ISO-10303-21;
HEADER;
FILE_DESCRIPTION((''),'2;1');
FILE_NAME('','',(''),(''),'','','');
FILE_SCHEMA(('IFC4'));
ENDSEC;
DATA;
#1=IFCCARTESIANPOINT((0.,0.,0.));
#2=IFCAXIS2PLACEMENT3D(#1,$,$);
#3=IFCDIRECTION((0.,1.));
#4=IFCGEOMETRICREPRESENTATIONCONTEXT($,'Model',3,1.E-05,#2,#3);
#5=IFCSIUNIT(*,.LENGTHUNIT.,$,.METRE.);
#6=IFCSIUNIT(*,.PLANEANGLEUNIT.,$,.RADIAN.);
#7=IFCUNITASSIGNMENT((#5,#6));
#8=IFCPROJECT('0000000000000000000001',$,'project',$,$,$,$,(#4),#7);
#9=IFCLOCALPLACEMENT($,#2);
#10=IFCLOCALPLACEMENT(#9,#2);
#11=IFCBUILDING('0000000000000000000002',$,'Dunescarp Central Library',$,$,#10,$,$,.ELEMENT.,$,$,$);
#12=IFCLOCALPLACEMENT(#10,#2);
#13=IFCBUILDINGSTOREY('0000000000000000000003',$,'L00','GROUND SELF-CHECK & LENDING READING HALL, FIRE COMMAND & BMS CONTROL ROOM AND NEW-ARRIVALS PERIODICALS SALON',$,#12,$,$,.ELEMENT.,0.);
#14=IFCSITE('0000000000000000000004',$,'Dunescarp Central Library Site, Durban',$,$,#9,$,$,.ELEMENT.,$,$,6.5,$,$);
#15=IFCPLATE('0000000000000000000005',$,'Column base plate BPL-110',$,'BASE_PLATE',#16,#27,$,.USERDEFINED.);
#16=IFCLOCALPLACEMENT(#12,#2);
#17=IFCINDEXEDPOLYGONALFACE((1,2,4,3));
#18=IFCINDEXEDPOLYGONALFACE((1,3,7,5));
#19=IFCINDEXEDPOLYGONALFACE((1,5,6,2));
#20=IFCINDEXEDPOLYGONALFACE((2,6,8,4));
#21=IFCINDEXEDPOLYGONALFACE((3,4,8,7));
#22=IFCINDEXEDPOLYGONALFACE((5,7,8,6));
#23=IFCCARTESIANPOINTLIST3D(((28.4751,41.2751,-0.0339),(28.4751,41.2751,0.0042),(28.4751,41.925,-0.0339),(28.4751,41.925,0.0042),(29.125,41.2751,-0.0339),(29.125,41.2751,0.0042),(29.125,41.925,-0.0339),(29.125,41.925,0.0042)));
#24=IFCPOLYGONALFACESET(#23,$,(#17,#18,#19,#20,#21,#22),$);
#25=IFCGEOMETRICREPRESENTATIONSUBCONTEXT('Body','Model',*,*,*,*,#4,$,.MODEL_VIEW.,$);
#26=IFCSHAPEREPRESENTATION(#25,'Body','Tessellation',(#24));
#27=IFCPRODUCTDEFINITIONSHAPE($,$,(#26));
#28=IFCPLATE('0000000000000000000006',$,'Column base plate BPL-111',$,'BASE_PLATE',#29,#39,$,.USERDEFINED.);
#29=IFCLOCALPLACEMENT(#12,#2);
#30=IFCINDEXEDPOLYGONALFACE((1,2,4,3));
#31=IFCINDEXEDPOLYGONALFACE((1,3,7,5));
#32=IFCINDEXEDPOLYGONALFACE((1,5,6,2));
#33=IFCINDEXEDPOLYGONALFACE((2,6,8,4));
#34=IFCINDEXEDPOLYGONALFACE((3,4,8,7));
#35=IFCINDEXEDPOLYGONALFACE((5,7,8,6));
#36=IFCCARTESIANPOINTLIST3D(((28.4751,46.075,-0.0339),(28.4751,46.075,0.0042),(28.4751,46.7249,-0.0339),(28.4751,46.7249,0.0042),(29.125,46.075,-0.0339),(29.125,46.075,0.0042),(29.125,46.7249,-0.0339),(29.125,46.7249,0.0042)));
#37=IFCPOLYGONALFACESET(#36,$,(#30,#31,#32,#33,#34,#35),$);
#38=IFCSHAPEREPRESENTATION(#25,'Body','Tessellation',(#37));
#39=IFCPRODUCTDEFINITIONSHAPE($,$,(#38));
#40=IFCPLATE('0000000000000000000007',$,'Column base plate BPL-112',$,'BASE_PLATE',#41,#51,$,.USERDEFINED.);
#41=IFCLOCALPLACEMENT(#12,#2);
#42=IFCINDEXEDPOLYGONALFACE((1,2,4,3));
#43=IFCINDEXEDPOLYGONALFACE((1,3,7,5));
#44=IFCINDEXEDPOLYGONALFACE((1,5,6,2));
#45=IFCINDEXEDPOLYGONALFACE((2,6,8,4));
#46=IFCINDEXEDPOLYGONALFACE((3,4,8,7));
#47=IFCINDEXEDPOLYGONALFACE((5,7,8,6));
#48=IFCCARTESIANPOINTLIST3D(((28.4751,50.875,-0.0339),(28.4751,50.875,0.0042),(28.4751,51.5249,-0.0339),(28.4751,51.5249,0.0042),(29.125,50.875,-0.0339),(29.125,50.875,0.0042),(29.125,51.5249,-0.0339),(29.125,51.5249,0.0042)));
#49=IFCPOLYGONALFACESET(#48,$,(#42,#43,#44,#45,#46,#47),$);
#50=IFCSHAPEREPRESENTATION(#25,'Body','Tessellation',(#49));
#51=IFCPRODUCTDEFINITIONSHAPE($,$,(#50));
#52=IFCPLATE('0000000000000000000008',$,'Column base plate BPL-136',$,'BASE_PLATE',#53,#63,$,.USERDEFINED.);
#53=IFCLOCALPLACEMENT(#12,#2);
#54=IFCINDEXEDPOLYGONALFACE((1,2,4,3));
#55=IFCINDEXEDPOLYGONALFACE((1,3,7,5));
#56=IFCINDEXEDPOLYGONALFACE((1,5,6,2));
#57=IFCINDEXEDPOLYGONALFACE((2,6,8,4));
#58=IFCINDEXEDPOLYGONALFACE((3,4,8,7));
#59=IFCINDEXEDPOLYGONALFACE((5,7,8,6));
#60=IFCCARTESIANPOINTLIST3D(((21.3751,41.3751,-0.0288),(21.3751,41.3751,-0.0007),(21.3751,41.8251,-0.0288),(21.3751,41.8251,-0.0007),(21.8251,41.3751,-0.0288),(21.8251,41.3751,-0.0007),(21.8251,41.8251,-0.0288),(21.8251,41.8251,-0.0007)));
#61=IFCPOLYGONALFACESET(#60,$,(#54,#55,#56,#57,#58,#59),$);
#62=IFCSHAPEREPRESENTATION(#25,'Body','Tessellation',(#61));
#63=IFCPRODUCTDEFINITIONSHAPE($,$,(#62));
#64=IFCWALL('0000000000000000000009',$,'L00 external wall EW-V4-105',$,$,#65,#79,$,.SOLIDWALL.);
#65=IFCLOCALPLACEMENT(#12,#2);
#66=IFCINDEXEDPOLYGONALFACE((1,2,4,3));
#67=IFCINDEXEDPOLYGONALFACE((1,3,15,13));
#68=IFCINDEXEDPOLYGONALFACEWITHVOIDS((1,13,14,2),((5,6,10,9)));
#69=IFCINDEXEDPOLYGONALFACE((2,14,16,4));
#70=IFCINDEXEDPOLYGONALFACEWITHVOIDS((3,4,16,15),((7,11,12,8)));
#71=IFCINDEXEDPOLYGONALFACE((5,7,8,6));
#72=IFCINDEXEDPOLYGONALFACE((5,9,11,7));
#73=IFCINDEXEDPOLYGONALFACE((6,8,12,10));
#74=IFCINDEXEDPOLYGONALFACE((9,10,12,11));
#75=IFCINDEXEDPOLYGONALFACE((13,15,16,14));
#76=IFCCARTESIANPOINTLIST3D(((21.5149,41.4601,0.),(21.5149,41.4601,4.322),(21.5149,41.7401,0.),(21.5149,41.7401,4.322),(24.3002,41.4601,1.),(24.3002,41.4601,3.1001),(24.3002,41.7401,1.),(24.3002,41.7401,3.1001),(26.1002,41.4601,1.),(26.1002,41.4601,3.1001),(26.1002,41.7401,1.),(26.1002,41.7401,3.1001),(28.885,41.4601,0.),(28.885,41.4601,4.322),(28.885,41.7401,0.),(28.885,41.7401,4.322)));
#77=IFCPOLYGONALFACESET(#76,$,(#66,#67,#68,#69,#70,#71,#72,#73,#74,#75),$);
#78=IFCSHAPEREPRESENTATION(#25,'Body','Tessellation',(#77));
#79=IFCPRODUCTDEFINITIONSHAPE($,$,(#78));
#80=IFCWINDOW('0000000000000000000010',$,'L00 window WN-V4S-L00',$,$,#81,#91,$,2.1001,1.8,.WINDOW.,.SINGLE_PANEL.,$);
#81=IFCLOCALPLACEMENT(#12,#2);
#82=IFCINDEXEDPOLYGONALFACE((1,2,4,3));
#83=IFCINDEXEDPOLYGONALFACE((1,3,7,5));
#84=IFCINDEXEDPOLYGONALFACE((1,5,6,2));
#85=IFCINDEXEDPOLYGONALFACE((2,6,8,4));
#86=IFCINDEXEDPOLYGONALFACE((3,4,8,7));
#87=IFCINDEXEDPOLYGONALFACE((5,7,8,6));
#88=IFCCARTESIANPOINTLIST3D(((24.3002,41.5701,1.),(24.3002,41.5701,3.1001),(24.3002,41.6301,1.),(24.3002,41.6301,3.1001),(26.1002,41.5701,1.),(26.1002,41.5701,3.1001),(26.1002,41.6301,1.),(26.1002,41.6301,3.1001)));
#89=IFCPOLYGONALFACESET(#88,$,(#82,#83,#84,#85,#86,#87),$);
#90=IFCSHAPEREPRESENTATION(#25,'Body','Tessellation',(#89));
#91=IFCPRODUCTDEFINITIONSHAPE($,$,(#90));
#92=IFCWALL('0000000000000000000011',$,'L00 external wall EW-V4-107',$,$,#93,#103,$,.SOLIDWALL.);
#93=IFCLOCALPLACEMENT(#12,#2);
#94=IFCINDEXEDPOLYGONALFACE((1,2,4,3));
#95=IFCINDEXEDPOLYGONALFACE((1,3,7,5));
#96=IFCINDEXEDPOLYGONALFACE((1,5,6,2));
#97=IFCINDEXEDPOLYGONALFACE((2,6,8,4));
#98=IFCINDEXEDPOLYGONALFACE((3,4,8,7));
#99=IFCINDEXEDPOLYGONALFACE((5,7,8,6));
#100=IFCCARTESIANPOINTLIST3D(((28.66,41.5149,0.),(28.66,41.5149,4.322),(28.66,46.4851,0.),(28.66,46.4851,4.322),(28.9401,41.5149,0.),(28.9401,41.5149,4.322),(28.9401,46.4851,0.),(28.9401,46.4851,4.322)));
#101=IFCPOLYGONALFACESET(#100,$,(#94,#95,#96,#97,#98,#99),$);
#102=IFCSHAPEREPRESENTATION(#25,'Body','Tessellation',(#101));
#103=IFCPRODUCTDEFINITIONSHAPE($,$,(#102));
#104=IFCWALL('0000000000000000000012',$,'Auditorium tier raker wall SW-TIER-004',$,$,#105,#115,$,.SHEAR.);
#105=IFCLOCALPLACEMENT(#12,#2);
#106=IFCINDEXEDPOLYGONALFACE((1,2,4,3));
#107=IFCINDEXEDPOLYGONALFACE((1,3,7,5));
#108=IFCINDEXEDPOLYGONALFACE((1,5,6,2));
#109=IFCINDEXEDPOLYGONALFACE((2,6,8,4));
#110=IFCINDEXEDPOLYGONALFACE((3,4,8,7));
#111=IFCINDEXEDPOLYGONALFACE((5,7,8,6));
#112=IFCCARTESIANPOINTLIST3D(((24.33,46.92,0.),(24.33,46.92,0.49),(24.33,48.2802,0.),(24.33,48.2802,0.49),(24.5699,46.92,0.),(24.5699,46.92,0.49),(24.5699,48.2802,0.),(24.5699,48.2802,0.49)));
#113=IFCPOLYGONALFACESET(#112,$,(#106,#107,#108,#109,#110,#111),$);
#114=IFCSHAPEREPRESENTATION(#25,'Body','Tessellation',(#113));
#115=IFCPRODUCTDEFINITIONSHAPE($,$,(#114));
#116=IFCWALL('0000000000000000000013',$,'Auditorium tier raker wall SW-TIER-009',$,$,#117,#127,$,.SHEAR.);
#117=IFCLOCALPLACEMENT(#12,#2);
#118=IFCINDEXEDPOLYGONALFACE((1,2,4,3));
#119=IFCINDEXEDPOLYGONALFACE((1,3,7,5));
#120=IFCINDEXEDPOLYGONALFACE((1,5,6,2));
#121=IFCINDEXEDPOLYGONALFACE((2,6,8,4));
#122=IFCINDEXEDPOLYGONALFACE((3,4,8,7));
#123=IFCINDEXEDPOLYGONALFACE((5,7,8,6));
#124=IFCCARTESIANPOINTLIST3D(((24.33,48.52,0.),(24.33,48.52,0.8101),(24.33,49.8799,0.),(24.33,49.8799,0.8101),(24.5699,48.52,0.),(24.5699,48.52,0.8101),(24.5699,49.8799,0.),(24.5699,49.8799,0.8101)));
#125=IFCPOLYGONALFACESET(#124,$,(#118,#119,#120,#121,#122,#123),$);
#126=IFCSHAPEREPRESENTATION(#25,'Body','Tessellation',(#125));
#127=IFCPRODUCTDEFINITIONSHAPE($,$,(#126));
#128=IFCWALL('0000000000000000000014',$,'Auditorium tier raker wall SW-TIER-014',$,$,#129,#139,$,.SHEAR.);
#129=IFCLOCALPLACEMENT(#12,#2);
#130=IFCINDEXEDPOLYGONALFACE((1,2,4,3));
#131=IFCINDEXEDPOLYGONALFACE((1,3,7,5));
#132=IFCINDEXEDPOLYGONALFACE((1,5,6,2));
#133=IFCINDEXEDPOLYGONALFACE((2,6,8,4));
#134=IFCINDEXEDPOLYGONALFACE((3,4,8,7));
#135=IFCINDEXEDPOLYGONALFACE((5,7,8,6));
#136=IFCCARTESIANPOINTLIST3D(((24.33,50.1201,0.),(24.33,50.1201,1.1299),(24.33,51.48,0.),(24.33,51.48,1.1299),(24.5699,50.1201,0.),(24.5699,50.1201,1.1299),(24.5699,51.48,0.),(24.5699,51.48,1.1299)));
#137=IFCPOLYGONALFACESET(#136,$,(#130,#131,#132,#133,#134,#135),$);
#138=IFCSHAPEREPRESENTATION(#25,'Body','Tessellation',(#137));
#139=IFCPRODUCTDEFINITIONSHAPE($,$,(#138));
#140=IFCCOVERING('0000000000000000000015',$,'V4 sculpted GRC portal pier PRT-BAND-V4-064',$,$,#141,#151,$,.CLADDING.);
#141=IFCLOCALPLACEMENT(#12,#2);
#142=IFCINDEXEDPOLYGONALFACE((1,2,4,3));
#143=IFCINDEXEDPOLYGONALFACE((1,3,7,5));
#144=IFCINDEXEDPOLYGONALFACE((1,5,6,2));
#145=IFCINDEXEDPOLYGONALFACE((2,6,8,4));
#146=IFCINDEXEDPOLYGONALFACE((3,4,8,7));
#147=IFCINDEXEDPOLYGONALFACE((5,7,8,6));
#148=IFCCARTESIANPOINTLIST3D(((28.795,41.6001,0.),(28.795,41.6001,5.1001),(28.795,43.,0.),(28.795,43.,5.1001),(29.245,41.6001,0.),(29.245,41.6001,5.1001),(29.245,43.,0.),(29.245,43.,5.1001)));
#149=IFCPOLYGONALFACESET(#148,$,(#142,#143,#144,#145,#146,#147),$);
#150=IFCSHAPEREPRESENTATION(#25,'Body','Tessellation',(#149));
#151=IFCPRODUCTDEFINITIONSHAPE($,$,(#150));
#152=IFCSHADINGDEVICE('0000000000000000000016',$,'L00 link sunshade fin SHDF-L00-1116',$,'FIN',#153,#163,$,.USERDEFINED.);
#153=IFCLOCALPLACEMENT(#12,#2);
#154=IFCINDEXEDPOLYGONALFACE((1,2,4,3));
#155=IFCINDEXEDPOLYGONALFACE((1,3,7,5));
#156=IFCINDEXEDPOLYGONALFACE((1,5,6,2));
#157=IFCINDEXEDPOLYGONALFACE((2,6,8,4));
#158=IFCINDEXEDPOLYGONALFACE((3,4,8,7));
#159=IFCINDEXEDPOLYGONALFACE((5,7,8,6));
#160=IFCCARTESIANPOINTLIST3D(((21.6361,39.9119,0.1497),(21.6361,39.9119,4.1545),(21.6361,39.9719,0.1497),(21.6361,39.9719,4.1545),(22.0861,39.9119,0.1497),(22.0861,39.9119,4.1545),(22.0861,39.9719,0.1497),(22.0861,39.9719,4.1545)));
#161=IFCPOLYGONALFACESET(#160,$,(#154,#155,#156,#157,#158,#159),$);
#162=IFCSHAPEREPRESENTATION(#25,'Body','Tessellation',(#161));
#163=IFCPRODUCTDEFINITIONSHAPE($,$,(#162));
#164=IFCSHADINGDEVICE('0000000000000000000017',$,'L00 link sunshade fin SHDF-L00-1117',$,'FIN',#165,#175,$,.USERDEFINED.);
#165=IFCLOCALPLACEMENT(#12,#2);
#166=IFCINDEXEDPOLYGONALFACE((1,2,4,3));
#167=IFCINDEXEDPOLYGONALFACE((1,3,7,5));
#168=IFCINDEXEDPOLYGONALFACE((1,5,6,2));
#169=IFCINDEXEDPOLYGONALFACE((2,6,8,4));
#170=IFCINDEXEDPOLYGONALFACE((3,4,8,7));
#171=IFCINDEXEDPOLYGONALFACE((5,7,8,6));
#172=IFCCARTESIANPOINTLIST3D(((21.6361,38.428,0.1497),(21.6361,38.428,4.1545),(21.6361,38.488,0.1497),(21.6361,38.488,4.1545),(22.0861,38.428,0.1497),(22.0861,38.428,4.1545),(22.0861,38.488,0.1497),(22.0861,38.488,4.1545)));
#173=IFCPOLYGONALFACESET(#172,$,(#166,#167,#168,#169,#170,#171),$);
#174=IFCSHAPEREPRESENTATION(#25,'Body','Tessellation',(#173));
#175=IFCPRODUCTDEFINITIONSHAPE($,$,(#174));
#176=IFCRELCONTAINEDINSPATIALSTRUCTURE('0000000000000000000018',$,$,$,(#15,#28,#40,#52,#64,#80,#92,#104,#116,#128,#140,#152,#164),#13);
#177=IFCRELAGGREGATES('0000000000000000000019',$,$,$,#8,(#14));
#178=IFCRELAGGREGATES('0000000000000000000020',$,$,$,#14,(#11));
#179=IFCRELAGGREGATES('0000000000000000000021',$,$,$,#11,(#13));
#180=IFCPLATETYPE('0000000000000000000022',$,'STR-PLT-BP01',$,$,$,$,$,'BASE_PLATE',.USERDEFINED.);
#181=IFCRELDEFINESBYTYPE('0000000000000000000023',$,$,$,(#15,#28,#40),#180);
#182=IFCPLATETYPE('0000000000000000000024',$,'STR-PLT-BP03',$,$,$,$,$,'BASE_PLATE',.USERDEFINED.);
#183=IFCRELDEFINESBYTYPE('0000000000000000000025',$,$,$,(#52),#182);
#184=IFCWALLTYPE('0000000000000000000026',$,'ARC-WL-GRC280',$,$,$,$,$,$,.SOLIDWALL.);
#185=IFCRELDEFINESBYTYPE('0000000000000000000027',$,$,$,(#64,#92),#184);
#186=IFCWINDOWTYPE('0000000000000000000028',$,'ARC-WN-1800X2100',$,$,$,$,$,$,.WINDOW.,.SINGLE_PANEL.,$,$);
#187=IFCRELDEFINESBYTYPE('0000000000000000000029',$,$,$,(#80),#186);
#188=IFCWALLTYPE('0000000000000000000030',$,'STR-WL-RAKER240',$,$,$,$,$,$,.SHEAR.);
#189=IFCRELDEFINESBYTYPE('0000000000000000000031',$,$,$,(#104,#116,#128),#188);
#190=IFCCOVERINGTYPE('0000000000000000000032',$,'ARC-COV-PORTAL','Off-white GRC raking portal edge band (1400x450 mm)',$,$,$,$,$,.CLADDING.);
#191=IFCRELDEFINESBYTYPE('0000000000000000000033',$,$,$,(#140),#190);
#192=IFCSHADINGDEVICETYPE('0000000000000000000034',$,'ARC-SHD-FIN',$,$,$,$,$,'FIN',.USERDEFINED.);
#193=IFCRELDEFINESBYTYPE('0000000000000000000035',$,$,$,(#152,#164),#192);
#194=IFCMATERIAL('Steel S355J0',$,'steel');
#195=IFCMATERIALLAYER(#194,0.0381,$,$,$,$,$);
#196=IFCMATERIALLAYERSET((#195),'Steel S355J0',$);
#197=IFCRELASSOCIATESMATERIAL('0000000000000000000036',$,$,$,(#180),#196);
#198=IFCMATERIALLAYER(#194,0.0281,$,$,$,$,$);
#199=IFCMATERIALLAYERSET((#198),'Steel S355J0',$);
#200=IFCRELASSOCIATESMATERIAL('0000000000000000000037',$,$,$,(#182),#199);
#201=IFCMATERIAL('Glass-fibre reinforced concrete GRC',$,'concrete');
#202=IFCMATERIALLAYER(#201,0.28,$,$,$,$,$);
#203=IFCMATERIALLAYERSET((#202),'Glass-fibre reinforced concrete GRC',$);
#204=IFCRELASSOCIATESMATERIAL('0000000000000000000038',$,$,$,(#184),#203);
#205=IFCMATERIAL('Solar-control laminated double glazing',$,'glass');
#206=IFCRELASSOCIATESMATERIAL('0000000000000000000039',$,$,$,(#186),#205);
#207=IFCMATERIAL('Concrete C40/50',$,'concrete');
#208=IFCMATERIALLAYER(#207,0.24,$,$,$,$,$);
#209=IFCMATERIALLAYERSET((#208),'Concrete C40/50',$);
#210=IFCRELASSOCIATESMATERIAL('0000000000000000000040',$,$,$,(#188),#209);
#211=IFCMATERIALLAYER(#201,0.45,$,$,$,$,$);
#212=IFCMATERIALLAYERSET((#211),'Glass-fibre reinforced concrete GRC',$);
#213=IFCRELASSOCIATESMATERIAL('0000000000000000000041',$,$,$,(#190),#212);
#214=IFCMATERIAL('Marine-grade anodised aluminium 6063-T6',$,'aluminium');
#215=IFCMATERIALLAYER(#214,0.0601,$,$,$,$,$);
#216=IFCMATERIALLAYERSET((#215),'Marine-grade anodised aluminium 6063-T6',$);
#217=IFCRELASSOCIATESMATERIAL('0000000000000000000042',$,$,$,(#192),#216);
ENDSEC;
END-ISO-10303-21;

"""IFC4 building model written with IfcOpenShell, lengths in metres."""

from ifc_helpers import new_model, si_unit, direction, frame, frame_2d, origin, origin_2d, place, context, subcontext, project, spatial, rectangle, extrude, material, layer, layer_set, type_object, element, fill, save


model = new_model("IFC4")

# Units and contexts
model_context = context("Model", 3, precision=1e-05, world=origin(), true_north=direction((0.0, 1.0)))
body_context = subcontext(model_context, "Body", "Model", "MODEL_VIEW")
ifc_project = project(units=[si_unit("LENGTHUNIT", "METRE"), si_unit("PLANEANGLEUNIT", "RADIAN")], contexts=[model_context])

# Site, building, storey
site_placement = place(None, origin())
site = spatial("IfcSite", under=ifc_project, at=site_placement, Name="Dunescarp Central Library Site, Durban", CompositionType="ELEMENT", RefElevation=6.5)
building_placement = place(site_placement, origin())
building = spatial("IfcBuilding", under=site, at=building_placement, Name="Dunescarp Central Library", CompositionType="ELEMENT")
storey_placement = place(building_placement, origin())
storey = spatial("IfcBuildingStorey", under=building, at=storey_placement, Name="L00", Description="GROUND SELF-CHECK & LENDING READING HALL, FIRE COMMAND & BMS CONTROL ROOM AND NEW-ARRIVALS PERIODICALS SALON", CompositionType="ELEMENT", Elevation=0.0)

# Shared definitions
ifc_material_1 = material(Name="Concrete C40/50", Category="concrete")

# Shared definitions
ifc_material_2 = material(Name="Marine-grade anodised aluminium 6063-T6", Category="aluminium")

# Plates
ifc_material_3 = material(Name="Steel S355J0", Category="steel")
ifc_layer_1 = layer(ifc_material_3, 0.0381)
ifc_layer_set_1 = layer_set([ifc_layer_1], Name="Steel S355J0")
plate_type_1 = type_object("IfcPlateType", Name="STR-PLT-BP01", ElementType="BASE_PLATE", PredefinedType="USERDEFINED", material=ifc_layer_set_1)
for number, where, z_axis, x_axis, name in (
    (1, (28.8, 41.6001, -0.0339), (0.0, 0.0, 1.0), (1.0, 0.0, 0.0), "Column base plate BPL-110"),
    (2, (28.8, 46.3999, -0.0339), (0.0, 0.0, 1.0), (1.0, 0.0, 0.0), "Column base plate BPL-111"),
    (3, (28.8, 51.2, -0.0339), (0.0, 0.0, 1.0), (1.0, 0.0, 0.0), "Column base plate BPL-112"),
):
    element("IfcPlate", number, at=place(storey_placement, frame(where, z_axis=z_axis, x_axis=x_axis)), inside=storey, type_object=plate_type_1, Name=name, ObjectType="BASE_PLATE", PredefinedType="USERDEFINED", context=body_context, shape_type="SweptSolid", body=[
        extrude(rectangle(XDim=0.6499, YDim=0.6499, at=origin_2d()), origin(), (0.0, 0.0, 1.0), 0.0381),
    ])
ifc_layer_2 = layer(ifc_material_3, 0.0281)
ifc_layer_set_2 = layer_set([ifc_layer_2], Name="Steel S355J0")
plate_type_2 = type_object("IfcPlateType", Name="STR-PLT-BP03", ElementType="BASE_PLATE", PredefinedType="USERDEFINED", material=ifc_layer_set_2)
plate_placement = place(storey_placement, frame((21.6001, 41.6001, -0.0288), z_axis=(0.0, 0.0, 1.0), x_axis=(1.0, 0.0, 0.0)))
element("IfcPlate", 4, at=plate_placement, inside=storey, type_object=plate_type_2, Name="Column base plate BPL-136", ObjectType="BASE_PLATE", PredefinedType="USERDEFINED", context=body_context, shape_type="SweptSolid", body=[
    extrude(rectangle(XDim=0.45, YDim=0.45, at=origin_2d()), origin(), (0.0, 0.0, 1.0), 0.0281),
])

# Wall, opening, window
ifc_material_4 = material(Name="Glass-fibre reinforced concrete GRC", Category="concrete")
ifc_layer_3 = layer(ifc_material_4, 0.28)
ifc_layer_set_3 = layer_set([ifc_layer_3], Name="Glass-fibre reinforced concrete GRC")
wall_type_1 = type_object("IfcWallType", Name="ARC-WL-GRC280", PredefinedType="SOLIDWALL", material=ifc_layer_set_3)
wall_1_placement = place(storey_placement, frame((28.885, 41.6001, 0.0), z_axis=(0.0, 0.0, 1.0), x_axis=(-1.0, 0.0, 0.0)))
wall_1 = element("IfcWall", 5, at=wall_1_placement, inside=storey, type_object=wall_type_1, Name="L00 external wall EW-V4-105", PredefinedType="SOLIDWALL", context=body_context, shape_type="SweptSolid", body=[
    extrude(rectangle(XDim=7.3701, YDim=0.28, at=frame_2d((3.6851, 0.0))), origin(), (0.0, 0.0, 1.0), 4.322),
])
opening_placement = place(wall_1_placement, frame((2.7849, 0.0, 1.0)))
opening = element("IfcOpeningElement", 6, at=opening_placement, cuts=wall_1, PredefinedType="OPENING", context=body_context, shape_type="SweptSolid", body=[
    extrude(rectangle(XDim=1.8, YDim=2.1001, at=frame_2d((0.8999, 1.05))), frame((0.0, 0.1499, 0.0), z_axis=(0.0, -1.0, 0.0), x_axis=(1.0, 0.0, 0.0)), (0.0, 0.0, 1.0), 0.3),
])
ifc_material_5 = material(Name="Solar-control laminated double glazing", Category="glass")
window_type = type_object("IfcWindowType", Name="ARC-WN-1800X2100", PartitioningType="SINGLE_PANEL", PredefinedType="WINDOW", material=ifc_material_5)
window_placement = place(opening_placement, origin())
window = element("IfcWindow", 7, at=window_placement, inside=storey, type_object=window_type, Name="L00 window WN-V4S-L00", OverallHeight=2.1001, OverallWidth=1.8, PartitioningType="SINGLE_PANEL", PredefinedType="WINDOW", context=body_context, shape_type="SweptSolid", body=[
    extrude(rectangle(XDim=1.8, YDim=2.1001, at=frame_2d((0.8999, 1.05))), frame((0.0, 0.03, 0.0), z_axis=(0.0, -1.0, 0.0), x_axis=(1.0, 0.0, 0.0)), (0.0, 0.0, 1.0), 0.0601),
])
fill(opening, window)

# Walls
wall_2_placement = place(storey_placement, frame((28.8, 46.4851, 0.0), z_axis=(0.0, 0.0, 1.0), x_axis=(0.0, -1.0, 0.0)))
element("IfcWall", 8, at=wall_2_placement, inside=storey, type_object=wall_type_1, Name="L00 external wall EW-V4-107", PredefinedType="SOLIDWALL", context=body_context, shape_type="SweptSolid", body=[
    extrude(rectangle(XDim=4.9702, YDim=0.28, at=frame_2d((2.4851, 0.0))), origin(), (0.0, 0.0, 1.0), 4.322),
])
ifc_layer_4 = layer(ifc_material_1, 0.24)
ifc_layer_set_4 = layer_set([ifc_layer_4], Name="Concrete C40/50")
wall_type_2 = type_object("IfcWallType", Name="STR-WL-RAKER240", PredefinedType="SHEAR", material=ifc_layer_set_4)
wall_3_placement = place(storey_placement, frame((24.45, 46.9199, 0.0), z_axis=(0.0, 0.0, 1.0), x_axis=(0.0, 1.0, 0.0)))
element("IfcWall", 9, at=wall_3_placement, inside=storey, type_object=wall_type_2, Name="Auditorium tier raker wall SW-TIER-004", PredefinedType="SHEAR", context=body_context, shape_type="SweptSolid", body=[
    extrude(rectangle(XDim=1.3601, YDim=0.24, at=frame_2d((0.6802, 0.0))), origin(), (0.0, 0.0, 1.0), 0.49),
])
wall_4_placement = place(storey_placement, frame((24.45, 48.52, 0.0), z_axis=(0.0, 0.0, 1.0), x_axis=(0.0, 1.0, 0.0)))
element("IfcWall", 10, at=wall_4_placement, inside=storey, type_object=wall_type_2, Name="Auditorium tier raker wall SW-TIER-009", PredefinedType="SHEAR", context=body_context, shape_type="SweptSolid", body=[
    extrude(rectangle(XDim=1.3599, YDim=0.24, at=frame_2d((0.6799, 0.0))), origin(), (0.0, 0.0, 1.0), 0.8101),
])
wall_5_placement = place(storey_placement, frame((24.45, 50.1201, 0.0), z_axis=(0.0, 0.0, 1.0), x_axis=(0.0, 1.0, 0.0)))
element("IfcWall", 11, at=wall_5_placement, inside=storey, type_object=wall_type_2, Name="Auditorium tier raker wall SW-TIER-014", PredefinedType="SHEAR", context=body_context, shape_type="SweptSolid", body=[
    extrude(rectangle(XDim=1.3599, YDim=0.24, at=frame_2d((0.6799, 0.0))), origin(), (0.0, 0.0, 1.0), 1.1299),
])

# Covering
ifc_layer_5 = layer(ifc_material_4, 0.45)
ifc_layer_set_5 = layer_set([ifc_layer_5], Name="Glass-fibre reinforced concrete GRC")
covering_type = type_object("IfcCoveringType", Name="ARC-COV-PORTAL", Description="Off-white GRC raking portal edge band (1400x450 mm)", PredefinedType="CLADDING", material=ifc_layer_set_5)
covering_placement = place(storey_placement, frame((29.02, 42.3, 0.0), z_axis=(0.0, 0.0, 1.0), x_axis=(1.0, 0.0, 0.0)))
element("IfcCovering", 12, at=covering_placement, inside=storey, type_object=covering_type, Name="V4 sculpted GRC portal pier PRT-BAND-V4-064", PredefinedType="CLADDING", context=body_context, shape_type="SweptSolid", body=[
    extrude(rectangle(XDim=0.45, YDim=1.3999, at=origin_2d()), origin(), (0.0, 0.0, 1.0), 5.1001),
])

# Shading devices
ifc_layer_6 = layer(ifc_material_2, 0.0601)
ifc_layer_set_6 = layer_set([ifc_layer_6], Name="Marine-grade anodised aluminium 6063-T6")
shading_device_type = type_object("IfcShadingDeviceType", Name="ARC-SHD-FIN", ElementType="FIN", PredefinedType="USERDEFINED", material=ifc_layer_set_6)
for number, where, z_axis, x_axis, name in (
    (13, (21.8611, 39.9419, 0.1497), (0.0, 0.0, 1.0), (1.0, 0.0, 0.0), "L00 link sunshade fin SHDF-L00-1116"),
    (14, (21.8611, 38.458, 0.1497), (0.0, 0.0, 1.0), (1.0, 0.0, 0.0), "L00 link sunshade fin SHDF-L00-1117"),
):
    element("IfcShadingDevice", number, at=place(storey_placement, frame(where, z_axis=z_axis, x_axis=x_axis)), inside=storey, type_object=shading_device_type, Name=name, ObjectType="FIN", PredefinedType="USERDEFINED", context=body_context, shape_type="SweptSolid", body=[
        extrude(rectangle(XDim=0.45, YDim=0.0601, at=origin_2d()), origin(), (0.0, 0.0, 1.0), 4.0049),
    ])

save(model, "model.ifc")
